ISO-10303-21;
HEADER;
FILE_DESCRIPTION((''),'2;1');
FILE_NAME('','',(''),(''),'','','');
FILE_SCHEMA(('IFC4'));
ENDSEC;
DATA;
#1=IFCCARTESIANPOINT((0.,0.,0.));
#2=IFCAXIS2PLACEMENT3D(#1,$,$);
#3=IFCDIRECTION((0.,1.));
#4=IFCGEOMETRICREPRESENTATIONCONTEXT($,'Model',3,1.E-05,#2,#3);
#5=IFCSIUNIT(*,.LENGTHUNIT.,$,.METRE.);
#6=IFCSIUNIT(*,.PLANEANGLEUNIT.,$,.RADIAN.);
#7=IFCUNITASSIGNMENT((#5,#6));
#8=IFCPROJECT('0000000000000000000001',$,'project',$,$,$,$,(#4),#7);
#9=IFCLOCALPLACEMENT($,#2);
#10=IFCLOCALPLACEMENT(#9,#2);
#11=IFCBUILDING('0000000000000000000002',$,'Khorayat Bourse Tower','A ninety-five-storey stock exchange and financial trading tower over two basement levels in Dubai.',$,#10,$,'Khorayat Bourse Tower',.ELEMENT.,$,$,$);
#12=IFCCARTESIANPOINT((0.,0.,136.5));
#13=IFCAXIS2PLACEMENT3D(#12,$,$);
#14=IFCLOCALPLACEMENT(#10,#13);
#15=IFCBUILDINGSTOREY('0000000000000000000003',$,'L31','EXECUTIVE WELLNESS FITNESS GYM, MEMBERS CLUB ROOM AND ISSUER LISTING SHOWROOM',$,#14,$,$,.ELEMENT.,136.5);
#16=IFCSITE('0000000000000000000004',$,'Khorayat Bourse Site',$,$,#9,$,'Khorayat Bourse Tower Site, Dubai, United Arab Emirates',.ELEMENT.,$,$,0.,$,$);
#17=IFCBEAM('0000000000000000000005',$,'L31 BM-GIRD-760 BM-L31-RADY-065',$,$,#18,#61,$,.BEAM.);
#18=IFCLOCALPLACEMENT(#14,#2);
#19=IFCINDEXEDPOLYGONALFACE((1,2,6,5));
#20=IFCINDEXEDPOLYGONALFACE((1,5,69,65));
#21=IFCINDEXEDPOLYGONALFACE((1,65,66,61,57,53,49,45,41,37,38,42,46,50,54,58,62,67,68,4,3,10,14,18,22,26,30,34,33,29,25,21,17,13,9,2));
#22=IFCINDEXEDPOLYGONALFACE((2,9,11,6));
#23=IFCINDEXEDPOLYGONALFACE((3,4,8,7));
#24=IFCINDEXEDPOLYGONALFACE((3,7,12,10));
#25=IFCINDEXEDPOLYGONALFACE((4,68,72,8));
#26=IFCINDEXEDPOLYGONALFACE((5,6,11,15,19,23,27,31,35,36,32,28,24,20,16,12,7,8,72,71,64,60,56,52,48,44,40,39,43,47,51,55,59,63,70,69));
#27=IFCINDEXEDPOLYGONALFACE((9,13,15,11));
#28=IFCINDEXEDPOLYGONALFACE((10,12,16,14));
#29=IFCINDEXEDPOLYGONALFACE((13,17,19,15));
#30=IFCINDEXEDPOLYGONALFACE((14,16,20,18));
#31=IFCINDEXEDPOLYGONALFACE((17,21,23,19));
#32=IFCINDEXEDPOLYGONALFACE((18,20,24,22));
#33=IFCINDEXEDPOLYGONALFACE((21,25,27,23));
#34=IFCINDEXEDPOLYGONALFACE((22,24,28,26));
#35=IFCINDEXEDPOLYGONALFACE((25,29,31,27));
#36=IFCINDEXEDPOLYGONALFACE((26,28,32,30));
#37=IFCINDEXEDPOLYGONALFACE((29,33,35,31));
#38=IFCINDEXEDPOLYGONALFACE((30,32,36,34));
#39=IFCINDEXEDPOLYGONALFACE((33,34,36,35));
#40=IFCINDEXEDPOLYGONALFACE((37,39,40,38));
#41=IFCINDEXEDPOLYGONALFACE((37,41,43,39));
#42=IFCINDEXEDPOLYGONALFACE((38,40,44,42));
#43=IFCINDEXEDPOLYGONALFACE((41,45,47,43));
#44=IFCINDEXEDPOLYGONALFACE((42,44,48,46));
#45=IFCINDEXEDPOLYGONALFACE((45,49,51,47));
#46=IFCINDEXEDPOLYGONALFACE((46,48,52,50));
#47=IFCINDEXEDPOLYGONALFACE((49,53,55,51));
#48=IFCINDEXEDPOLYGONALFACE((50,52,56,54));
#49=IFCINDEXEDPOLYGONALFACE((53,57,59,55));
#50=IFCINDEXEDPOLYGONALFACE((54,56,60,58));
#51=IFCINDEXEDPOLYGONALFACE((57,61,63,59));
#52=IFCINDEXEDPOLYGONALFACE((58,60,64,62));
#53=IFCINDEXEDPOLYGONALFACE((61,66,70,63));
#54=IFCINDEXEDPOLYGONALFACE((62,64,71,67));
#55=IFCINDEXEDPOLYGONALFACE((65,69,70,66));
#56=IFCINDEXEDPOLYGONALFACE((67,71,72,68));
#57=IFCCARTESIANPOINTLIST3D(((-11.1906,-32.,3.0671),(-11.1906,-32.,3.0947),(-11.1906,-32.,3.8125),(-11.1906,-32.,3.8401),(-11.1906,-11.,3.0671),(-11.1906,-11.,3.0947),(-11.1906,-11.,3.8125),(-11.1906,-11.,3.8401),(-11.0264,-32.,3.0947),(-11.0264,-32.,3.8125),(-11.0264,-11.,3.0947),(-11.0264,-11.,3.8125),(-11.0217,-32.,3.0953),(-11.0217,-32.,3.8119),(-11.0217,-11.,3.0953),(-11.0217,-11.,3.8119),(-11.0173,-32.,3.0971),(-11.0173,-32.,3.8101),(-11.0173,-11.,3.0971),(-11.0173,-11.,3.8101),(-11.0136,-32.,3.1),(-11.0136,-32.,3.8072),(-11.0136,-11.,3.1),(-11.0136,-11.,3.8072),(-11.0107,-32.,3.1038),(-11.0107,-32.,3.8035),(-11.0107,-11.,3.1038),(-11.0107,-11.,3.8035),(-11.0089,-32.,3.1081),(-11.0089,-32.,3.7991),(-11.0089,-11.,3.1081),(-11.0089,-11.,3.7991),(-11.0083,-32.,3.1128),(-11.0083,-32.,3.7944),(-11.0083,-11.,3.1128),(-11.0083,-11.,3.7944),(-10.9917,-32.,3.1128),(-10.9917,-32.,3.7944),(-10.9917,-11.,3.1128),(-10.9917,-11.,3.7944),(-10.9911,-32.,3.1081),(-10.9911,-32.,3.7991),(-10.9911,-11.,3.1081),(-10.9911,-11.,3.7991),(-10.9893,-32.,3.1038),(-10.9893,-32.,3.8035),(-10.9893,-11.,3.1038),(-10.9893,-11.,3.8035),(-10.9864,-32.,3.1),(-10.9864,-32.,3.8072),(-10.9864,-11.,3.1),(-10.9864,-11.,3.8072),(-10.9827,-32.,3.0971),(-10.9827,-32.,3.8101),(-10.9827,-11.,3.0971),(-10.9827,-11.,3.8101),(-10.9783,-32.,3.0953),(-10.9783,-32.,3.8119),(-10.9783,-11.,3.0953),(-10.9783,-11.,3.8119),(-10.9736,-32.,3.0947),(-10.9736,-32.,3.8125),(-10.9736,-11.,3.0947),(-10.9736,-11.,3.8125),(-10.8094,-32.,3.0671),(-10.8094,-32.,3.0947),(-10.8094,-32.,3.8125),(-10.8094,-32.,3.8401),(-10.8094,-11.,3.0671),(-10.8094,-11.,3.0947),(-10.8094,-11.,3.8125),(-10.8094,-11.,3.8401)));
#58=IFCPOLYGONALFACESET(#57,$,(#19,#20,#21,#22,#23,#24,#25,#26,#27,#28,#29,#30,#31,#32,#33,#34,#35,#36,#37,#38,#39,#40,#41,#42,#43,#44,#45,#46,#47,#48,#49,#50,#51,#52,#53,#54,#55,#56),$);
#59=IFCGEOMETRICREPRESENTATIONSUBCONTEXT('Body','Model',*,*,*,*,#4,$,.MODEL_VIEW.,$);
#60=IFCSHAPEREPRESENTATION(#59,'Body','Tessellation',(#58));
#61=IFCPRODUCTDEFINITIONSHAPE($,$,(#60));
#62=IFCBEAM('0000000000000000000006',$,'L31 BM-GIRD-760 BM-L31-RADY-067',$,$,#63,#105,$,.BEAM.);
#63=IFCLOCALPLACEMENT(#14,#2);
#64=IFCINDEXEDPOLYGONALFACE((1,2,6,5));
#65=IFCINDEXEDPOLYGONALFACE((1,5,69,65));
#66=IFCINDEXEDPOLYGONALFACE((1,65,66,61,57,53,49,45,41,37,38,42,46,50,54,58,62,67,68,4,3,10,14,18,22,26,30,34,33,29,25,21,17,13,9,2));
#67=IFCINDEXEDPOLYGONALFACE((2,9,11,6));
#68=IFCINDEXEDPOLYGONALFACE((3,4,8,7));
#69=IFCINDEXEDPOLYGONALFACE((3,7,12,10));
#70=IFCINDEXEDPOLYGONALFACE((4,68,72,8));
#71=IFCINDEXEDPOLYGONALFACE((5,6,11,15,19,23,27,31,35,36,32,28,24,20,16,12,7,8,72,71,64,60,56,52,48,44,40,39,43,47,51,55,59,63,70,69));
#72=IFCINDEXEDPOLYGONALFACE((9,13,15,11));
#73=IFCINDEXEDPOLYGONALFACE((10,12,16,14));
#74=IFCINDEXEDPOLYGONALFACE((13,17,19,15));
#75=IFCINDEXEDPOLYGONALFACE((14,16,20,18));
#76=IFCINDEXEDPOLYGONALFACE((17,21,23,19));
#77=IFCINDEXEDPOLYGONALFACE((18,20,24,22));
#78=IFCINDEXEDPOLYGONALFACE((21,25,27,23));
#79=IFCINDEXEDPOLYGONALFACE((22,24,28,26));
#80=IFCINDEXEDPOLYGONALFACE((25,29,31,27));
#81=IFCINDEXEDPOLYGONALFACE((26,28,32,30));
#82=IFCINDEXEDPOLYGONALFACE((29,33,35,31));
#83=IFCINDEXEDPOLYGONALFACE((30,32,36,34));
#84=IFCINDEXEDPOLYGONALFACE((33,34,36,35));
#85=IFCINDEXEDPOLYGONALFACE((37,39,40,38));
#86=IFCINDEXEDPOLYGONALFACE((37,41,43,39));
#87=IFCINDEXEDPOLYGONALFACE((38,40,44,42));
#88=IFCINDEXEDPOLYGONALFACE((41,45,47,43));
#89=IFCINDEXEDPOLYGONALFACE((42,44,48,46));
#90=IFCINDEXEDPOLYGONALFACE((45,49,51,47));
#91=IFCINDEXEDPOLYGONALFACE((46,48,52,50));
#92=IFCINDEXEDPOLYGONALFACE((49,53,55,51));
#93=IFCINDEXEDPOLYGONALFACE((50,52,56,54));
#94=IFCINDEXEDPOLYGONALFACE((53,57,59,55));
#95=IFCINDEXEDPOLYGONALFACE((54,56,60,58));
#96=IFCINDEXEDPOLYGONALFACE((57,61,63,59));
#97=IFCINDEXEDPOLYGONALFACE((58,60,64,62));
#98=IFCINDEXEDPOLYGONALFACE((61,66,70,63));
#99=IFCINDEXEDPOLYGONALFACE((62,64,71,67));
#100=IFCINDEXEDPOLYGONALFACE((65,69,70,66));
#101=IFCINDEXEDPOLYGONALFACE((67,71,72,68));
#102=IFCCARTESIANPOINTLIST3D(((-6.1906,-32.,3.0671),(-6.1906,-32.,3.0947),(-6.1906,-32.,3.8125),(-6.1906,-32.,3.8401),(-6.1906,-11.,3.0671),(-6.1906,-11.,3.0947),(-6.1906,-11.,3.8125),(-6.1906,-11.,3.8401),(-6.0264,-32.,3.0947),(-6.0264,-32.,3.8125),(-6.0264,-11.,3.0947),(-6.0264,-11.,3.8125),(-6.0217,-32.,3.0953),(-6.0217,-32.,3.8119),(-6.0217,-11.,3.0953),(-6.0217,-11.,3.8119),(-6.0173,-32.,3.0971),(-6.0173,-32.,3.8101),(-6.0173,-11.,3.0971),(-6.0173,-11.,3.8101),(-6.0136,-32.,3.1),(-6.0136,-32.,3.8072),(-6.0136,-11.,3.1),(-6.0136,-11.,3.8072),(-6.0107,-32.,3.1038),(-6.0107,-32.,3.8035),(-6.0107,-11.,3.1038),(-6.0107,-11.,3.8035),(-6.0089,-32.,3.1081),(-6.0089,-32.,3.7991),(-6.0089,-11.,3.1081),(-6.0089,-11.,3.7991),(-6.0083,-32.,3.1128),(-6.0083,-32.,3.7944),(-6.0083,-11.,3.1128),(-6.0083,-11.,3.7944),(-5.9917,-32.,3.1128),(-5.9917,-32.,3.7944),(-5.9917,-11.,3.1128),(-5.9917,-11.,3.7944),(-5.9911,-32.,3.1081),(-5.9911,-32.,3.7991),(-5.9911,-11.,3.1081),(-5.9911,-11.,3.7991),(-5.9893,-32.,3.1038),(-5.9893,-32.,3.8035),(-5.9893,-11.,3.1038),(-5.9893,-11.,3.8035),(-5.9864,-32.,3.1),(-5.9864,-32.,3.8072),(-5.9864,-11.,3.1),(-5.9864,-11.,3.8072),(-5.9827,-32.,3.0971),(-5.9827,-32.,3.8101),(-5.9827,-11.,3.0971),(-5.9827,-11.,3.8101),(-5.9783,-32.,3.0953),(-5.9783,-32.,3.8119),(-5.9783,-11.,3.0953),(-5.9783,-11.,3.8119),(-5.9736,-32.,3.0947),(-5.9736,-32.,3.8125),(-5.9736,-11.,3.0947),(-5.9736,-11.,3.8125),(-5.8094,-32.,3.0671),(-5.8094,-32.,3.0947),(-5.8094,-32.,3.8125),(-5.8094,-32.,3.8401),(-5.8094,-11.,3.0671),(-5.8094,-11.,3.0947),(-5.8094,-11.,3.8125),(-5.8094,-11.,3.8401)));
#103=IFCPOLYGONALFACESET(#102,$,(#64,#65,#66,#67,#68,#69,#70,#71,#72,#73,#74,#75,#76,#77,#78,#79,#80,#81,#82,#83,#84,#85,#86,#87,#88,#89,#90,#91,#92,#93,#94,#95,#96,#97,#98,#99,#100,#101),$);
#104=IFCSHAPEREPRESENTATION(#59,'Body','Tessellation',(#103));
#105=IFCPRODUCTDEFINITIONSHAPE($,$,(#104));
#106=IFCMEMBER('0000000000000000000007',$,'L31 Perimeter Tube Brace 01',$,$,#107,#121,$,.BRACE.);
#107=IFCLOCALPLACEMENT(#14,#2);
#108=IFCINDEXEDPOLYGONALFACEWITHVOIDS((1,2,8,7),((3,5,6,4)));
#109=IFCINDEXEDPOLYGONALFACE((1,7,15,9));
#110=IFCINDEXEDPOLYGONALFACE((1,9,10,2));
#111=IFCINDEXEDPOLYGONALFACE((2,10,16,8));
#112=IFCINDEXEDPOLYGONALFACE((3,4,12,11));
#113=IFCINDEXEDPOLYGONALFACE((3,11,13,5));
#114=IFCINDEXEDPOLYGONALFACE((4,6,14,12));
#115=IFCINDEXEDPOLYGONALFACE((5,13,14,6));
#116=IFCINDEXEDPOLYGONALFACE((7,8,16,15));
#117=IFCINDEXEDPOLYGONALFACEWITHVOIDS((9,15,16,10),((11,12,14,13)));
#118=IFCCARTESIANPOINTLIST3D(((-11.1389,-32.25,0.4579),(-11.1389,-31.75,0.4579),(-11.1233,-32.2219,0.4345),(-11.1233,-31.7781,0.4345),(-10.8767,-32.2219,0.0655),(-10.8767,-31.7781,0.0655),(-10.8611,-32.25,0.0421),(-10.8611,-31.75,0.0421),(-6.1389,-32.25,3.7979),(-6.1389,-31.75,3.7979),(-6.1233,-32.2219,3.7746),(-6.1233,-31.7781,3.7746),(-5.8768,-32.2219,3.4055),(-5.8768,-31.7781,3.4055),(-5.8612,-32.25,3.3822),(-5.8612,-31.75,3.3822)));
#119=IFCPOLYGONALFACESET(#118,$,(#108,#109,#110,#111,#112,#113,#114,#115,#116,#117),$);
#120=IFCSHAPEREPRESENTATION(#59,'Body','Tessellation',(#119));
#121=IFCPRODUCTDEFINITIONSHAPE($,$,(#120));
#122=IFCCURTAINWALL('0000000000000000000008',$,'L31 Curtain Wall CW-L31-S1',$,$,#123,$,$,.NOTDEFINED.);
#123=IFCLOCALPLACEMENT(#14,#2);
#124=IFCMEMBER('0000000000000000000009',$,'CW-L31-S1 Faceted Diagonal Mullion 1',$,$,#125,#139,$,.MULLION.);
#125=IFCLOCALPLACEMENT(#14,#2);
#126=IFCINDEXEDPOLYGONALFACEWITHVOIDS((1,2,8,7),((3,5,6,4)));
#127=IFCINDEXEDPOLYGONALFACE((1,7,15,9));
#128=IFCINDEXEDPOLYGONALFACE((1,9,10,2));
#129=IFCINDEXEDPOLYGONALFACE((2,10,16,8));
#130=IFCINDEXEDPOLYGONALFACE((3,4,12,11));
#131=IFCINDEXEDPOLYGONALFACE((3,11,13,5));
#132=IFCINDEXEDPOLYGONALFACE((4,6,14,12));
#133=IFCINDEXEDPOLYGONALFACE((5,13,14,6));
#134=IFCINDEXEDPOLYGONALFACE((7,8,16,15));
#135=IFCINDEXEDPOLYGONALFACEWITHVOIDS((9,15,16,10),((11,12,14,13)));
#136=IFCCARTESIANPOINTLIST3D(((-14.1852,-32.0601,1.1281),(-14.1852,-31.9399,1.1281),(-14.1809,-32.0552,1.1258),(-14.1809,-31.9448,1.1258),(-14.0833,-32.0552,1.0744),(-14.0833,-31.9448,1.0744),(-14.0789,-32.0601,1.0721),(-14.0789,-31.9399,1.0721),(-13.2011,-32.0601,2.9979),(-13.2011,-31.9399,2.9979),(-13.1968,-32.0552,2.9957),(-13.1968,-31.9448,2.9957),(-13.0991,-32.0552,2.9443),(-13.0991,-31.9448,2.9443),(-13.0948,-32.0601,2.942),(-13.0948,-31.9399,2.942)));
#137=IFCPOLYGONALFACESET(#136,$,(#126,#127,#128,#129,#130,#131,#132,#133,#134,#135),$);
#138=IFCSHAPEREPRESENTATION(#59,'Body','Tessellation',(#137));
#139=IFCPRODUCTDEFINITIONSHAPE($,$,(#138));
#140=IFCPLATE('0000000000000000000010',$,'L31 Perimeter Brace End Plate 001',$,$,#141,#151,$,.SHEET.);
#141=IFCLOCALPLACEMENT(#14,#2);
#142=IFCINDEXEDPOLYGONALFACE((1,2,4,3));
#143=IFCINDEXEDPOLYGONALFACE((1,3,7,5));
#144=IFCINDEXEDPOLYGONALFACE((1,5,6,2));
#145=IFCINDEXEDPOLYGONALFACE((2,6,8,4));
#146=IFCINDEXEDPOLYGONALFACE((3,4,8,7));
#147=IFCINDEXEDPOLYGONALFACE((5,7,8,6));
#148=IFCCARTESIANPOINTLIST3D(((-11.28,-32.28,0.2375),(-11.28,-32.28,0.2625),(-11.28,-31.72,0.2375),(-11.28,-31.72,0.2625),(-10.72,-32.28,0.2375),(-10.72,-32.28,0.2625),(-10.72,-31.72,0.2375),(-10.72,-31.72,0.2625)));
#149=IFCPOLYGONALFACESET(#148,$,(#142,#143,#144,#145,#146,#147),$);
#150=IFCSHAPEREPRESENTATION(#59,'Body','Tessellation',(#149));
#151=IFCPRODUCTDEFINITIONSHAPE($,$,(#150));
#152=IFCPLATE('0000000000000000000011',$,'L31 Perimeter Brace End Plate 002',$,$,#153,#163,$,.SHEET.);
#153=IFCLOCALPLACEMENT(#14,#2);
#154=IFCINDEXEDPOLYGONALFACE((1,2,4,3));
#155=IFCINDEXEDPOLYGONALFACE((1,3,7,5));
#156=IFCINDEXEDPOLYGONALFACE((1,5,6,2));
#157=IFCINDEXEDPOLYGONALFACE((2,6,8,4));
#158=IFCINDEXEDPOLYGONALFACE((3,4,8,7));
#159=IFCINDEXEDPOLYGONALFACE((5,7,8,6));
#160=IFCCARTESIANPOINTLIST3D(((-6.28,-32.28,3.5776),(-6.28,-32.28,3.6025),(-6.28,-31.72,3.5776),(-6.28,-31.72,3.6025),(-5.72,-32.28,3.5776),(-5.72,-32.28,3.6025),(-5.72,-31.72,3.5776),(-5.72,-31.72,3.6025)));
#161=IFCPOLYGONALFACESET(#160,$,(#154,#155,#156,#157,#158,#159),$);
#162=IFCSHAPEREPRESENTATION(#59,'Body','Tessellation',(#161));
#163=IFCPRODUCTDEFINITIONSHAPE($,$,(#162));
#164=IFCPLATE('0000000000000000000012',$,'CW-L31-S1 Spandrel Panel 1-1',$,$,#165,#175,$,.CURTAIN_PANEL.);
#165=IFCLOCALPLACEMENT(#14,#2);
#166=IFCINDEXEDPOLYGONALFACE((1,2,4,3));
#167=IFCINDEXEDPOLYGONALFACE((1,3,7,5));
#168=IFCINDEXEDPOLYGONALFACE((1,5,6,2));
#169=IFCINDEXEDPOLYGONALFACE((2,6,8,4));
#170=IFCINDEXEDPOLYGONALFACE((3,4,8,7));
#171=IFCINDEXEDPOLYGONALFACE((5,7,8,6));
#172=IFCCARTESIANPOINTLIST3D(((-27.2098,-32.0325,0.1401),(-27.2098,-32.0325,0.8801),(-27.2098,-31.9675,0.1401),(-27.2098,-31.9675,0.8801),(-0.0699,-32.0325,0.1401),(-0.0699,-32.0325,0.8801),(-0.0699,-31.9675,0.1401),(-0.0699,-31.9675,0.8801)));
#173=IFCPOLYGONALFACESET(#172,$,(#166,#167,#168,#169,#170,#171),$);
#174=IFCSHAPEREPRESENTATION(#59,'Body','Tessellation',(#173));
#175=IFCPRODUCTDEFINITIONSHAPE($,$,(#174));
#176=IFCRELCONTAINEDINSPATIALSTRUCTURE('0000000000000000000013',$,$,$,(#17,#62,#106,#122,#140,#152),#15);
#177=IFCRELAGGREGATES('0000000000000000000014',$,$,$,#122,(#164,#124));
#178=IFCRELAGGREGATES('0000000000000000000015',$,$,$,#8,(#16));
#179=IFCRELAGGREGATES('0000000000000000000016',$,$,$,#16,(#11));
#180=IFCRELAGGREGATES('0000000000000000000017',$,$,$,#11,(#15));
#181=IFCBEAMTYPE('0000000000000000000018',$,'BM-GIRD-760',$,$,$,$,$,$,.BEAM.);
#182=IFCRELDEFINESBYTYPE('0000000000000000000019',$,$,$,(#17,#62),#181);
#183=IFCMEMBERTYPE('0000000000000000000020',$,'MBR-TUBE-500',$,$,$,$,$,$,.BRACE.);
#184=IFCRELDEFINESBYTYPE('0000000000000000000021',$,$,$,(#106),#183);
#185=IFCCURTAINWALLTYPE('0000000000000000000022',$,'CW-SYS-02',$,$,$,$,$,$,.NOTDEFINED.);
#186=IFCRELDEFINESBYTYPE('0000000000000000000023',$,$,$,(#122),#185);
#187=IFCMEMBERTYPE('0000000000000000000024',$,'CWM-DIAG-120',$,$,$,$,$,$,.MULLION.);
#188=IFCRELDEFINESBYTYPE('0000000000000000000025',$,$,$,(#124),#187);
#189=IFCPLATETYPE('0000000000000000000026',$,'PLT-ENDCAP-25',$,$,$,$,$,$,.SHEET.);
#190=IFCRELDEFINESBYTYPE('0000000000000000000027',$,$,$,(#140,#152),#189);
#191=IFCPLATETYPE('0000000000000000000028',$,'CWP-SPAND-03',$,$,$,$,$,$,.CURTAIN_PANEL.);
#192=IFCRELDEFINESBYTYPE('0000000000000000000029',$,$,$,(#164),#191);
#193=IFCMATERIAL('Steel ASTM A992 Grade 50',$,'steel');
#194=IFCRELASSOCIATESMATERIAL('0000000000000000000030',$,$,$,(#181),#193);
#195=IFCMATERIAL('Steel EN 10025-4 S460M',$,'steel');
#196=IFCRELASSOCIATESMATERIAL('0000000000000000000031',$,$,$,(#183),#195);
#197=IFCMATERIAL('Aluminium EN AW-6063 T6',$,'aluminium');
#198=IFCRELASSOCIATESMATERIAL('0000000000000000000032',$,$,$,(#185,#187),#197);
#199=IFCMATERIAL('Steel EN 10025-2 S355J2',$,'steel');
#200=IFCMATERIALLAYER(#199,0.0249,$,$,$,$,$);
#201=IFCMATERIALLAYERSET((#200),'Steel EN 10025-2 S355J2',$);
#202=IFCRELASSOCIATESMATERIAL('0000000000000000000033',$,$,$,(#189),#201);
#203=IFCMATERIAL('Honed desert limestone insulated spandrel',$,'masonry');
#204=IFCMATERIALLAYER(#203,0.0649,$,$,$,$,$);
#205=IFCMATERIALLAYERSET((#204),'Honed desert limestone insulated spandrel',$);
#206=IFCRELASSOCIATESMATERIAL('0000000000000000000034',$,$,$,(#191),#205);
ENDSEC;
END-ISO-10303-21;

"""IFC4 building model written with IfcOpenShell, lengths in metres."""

from ifc_helpers import new_model, si_unit, direction, frame, origin, origin_2d, place, context, subcontext, project, spatial, rectangle, hollow_rectangle, i_section, extrude, source, transform, mapped, material, layer, layer_set, material_profile, profile_set, type_object, element, aggregate, save


model = new_model("IFC4")

# Units and contexts
model_context = context("Model", 3, precision=1e-05, world=origin(), true_north=direction((0.0, 1.0)))
body_context = subcontext(model_context, "Body", "Model", "MODEL_VIEW")
ifc_project = project(units=[si_unit("LENGTHUNIT", "METRE"), si_unit("PLANEANGLEUNIT", "RADIAN")], contexts=[model_context])

# Site, building, storey
site_placement = place(None, origin())
site = spatial("IfcSite", under=ifc_project, at=site_placement, Name="Khorayat Bourse Site", LongName="Khorayat Bourse Tower Site, Dubai, United Arab Emirates", CompositionType="ELEMENT", RefElevation=0.0)
building_placement = place(site_placement, origin())
building = spatial("IfcBuilding", under=site, at=building_placement, Name="Khorayat Bourse Tower", Description="A ninety-five-storey stock exchange and financial trading tower over two basement levels in Dubai.", LongName="Khorayat Bourse Tower", CompositionType="ELEMENT")
storey_placement = place(building_placement, frame((0.0, 0.0, 136.5)))
storey = spatial("IfcBuildingStorey", under=building, at=storey_placement, Name="L31", Description="EXECUTIVE WELLNESS FITNESS GYM, MEMBERS CLUB ROOM AND ISSUER LISTING SHOWROOM", CompositionType="ELEMENT", Elevation=136.5)

# Shared definitions
ifc_material_1 = material(Name="Steel EN 10025-4 S460M", Category="steel")

# Beams
ifc_material_2 = material(Name="Steel ASTM A992 Grade 50", Category="steel")
ifc_material_profile_1 = material_profile(ifc_material_2, i_section(OverallWidth=0.3811, OverallDepth=0.7729, WebThickness=0.0166, FlangeThickness=0.0276, FilletRadius=0.0181, at=origin_2d()), Name="W760X257")
ifc_profile_set_1 = profile_set([ifc_material_profile_1], Name="Steel ASTM A992 Grade 50")
beam_type_1 = type_object("IfcBeamType", Name="BM-GIRD-760", PredefinedType="BEAM", material=ifc_profile_set_1)
shared_shape_1 = source(origin(), body_context, "Body", "SweptSolid", [
    extrude(i_section(OverallWidth=0.3811, OverallDepth=0.7729, WebThickness=0.0166, FlangeThickness=0.0276, FilletRadius=0.0181, at=origin_2d()), origin(), (0.0, 0.0, 1.0), 21.0),
])
for number, where, z_axis, x_axis, name in (
    (1, (-11.0, -32.0, 3.4536), (0.0, 1.0, 0.0), (-1.0, 0.0, 0.0), "L31 BM-GIRD-760 BM-L31-RADY-065"),
    (2, (-6.0, -32.0, 3.4536), (0.0, 1.0, 0.0), (-1.0, 0.0, 0.0), "L31 BM-GIRD-760 BM-L31-RADY-067"),
):
    element("IfcBeam", number, at=place(storey_placement, frame(where, z_axis=z_axis, x_axis=x_axis)), inside=storey, type_object=beam_type_1, Name=name, PredefinedType="BEAM", context=body_context, shape_type="MappedRepresentation", body=[
        mapped(shared_shape_1, transform((0.0, 0.0, 0.0), scale=1.0)),
    ])

# Member
ifc_material_profile_2 = material_profile(ifc_material_1, hollow_rectangle(XDim=0.5, YDim=0.5, WallThickness=0.0281, at=origin_2d()), Name="HSS 500x500x28")
ifc_profile_set_2 = profile_set([ifc_material_profile_2], Name="Steel EN 10025-4 S460M")
member_type_1 = type_object("IfcMemberType", Name="MBR-TUBE-500", PredefinedType="BRACE", material=ifc_profile_set_2)
shared_shape_2 = source(origin(), body_context, "Body", "SweptSolid", [
    extrude(hollow_rectangle(XDim=0.5, YDim=0.5, WallThickness=0.0281, at=origin_2d()), origin(), (0.0, 0.0, 1.0), 6.0129),
])
member_1_placement = place(storey_placement, frame((-11.0, -32.0, 0.25), z_axis=(0.831531, 0.0, 0.555478), x_axis=(0.0, 1.0, 0.0)))
element("IfcMember", 3, at=member_1_placement, inside=storey, type_object=member_type_1, Name="L31 Perimeter Tube Brace 01", PredefinedType="BRACE", context=body_context, shape_type="MappedRepresentation", body=[
    mapped(shared_shape_2, transform((0.0, 0.0, 0.0), scale=1.0)),
])

# Curtain wall, member
ifc_material_3 = material(Name="Aluminium EN AW-6063 T6", Category="aluminium")
curtain_wall_type = type_object("IfcCurtainWallType", Name="CW-SYS-02", PredefinedType="NOTDEFINED", material=ifc_material_3)
curtain_wall_placement = place(storey_placement, origin())
curtain_wall = element("IfcCurtainWall", 4, at=curtain_wall_placement, inside=storey, type_object=curtain_wall_type, Name="L31 Curtain Wall CW-L31-S1", PredefinedType="NOTDEFINED")
ifc_material_profile_3 = material_profile(ifc_material_3, hollow_rectangle(XDim=0.1201, YDim=0.1201, WallThickness=0.0049, at=origin_2d()), Name="ALU 120x120x5")
ifc_profile_set_3 = profile_set([ifc_material_profile_3], Name="Aluminium EN AW-6063 T6")
member_type_2 = type_object("IfcMemberType", Name="CWM-DIAG-120", PredefinedType="MULLION", material=ifc_profile_set_3)
shared_shape_3 = source(origin(), body_context, "Body", "SweptSolid", [
    extrude(hollow_rectangle(XDim=0.1201, YDim=0.1201, WallThickness=0.0049, at=origin_2d()), origin(), (0.0, 0.0, 1.0), 2.113),
])
member_2_placement = place(storey_placement, frame((-14.1321, -32.0, 1.1001), z_axis=(0.465742, 0.0, 0.884921), x_axis=(0.0, 1.0, 0.0)))
member_2 = element("IfcMember", 5, at=member_2_placement, type_object=member_type_2, Name="CW-L31-S1 Faceted Diagonal Mullion 1", PredefinedType="MULLION", context=body_context, shape_type="MappedRepresentation", body=[
    mapped(shared_shape_3, transform((0.0, 0.0, 0.0), scale=1.0)),
])

# Plates
ifc_material_4 = material(Name="Steel EN 10025-2 S355J2", Category="steel")
ifc_layer_1 = layer(ifc_material_4, 0.0249)
ifc_layer_set_1 = layer_set([ifc_layer_1], Name="Steel EN 10025-2 S355J2")
plate_type_1 = type_object("IfcPlateType", Name="PLT-ENDCAP-25", PredefinedType="SHEET", material=ifc_layer_set_1)
shared_shape_4 = source(origin(), body_context, "Body", "SweptSolid", [
    extrude(rectangle(XDim=0.5601, YDim=0.5601, at=origin_2d()), origin(), (0.0, 0.0, 1.0), 0.0249),
])
for number, where, z_axis, x_axis, name in (
    (6, (-11.0, -32.0, 0.2375), (0.0, 0.0, 1.0), (1.0, 0.0, 0.0), "L31 Perimeter Brace End Plate 001"),
    (7, (-6.0, -32.0, 3.5776), (0.0, 0.0, 1.0), (1.0, 0.0, 0.0), "L31 Perimeter Brace End Plate 002"),
):
    element("IfcPlate", number, at=place(storey_placement, frame(where, z_axis=z_axis, x_axis=x_axis)), inside=storey, type_object=plate_type_1, Name=name, PredefinedType="SHEET", context=body_context, shape_type="MappedRepresentation", body=[
        mapped(shared_shape_4, transform((0.0, 0.0, 0.0), scale=1.0)),
    ])

# Plate
ifc_material_5 = material(Name="Honed desert limestone insulated spandrel", Category="masonry")
ifc_layer_2 = layer(ifc_material_5, 0.0649)
ifc_layer_set_2 = layer_set([ifc_layer_2], Name="Honed desert limestone insulated spandrel")
plate_type_2 = type_object("IfcPlateType", Name="CWP-SPAND-03", PredefinedType="CURTAIN_PANEL", material=ifc_layer_set_2)
shared_shape_5 = source(origin(), body_context, "Body", "SweptSolid", [
    extrude(rectangle(XDim=27.1399, YDim=0.0649, at=origin_2d()), origin(), (0.0, 0.0, 1.0), 0.74),
])
plate_1_placement = place(storey_placement, frame((-13.6399, -32.0, 0.1401), z_axis=(0.0, 0.0, 1.0), x_axis=(1.0, 0.0, 0.0)))
plate_1 = element("IfcPlate", 8, at=plate_1_placement, type_object=plate_type_2, Name="CW-L31-S1 Spandrel Panel 1-1", PredefinedType="CURTAIN_PANEL", context=body_context, shape_type="MappedRepresentation", body=[
    mapped(shared_shape_5, transform((0.0, 0.0, 0.0), scale=1.0)),
])
aggregate(curtain_wall, [plate_1, member_2])

save(model, "model.ifc")
